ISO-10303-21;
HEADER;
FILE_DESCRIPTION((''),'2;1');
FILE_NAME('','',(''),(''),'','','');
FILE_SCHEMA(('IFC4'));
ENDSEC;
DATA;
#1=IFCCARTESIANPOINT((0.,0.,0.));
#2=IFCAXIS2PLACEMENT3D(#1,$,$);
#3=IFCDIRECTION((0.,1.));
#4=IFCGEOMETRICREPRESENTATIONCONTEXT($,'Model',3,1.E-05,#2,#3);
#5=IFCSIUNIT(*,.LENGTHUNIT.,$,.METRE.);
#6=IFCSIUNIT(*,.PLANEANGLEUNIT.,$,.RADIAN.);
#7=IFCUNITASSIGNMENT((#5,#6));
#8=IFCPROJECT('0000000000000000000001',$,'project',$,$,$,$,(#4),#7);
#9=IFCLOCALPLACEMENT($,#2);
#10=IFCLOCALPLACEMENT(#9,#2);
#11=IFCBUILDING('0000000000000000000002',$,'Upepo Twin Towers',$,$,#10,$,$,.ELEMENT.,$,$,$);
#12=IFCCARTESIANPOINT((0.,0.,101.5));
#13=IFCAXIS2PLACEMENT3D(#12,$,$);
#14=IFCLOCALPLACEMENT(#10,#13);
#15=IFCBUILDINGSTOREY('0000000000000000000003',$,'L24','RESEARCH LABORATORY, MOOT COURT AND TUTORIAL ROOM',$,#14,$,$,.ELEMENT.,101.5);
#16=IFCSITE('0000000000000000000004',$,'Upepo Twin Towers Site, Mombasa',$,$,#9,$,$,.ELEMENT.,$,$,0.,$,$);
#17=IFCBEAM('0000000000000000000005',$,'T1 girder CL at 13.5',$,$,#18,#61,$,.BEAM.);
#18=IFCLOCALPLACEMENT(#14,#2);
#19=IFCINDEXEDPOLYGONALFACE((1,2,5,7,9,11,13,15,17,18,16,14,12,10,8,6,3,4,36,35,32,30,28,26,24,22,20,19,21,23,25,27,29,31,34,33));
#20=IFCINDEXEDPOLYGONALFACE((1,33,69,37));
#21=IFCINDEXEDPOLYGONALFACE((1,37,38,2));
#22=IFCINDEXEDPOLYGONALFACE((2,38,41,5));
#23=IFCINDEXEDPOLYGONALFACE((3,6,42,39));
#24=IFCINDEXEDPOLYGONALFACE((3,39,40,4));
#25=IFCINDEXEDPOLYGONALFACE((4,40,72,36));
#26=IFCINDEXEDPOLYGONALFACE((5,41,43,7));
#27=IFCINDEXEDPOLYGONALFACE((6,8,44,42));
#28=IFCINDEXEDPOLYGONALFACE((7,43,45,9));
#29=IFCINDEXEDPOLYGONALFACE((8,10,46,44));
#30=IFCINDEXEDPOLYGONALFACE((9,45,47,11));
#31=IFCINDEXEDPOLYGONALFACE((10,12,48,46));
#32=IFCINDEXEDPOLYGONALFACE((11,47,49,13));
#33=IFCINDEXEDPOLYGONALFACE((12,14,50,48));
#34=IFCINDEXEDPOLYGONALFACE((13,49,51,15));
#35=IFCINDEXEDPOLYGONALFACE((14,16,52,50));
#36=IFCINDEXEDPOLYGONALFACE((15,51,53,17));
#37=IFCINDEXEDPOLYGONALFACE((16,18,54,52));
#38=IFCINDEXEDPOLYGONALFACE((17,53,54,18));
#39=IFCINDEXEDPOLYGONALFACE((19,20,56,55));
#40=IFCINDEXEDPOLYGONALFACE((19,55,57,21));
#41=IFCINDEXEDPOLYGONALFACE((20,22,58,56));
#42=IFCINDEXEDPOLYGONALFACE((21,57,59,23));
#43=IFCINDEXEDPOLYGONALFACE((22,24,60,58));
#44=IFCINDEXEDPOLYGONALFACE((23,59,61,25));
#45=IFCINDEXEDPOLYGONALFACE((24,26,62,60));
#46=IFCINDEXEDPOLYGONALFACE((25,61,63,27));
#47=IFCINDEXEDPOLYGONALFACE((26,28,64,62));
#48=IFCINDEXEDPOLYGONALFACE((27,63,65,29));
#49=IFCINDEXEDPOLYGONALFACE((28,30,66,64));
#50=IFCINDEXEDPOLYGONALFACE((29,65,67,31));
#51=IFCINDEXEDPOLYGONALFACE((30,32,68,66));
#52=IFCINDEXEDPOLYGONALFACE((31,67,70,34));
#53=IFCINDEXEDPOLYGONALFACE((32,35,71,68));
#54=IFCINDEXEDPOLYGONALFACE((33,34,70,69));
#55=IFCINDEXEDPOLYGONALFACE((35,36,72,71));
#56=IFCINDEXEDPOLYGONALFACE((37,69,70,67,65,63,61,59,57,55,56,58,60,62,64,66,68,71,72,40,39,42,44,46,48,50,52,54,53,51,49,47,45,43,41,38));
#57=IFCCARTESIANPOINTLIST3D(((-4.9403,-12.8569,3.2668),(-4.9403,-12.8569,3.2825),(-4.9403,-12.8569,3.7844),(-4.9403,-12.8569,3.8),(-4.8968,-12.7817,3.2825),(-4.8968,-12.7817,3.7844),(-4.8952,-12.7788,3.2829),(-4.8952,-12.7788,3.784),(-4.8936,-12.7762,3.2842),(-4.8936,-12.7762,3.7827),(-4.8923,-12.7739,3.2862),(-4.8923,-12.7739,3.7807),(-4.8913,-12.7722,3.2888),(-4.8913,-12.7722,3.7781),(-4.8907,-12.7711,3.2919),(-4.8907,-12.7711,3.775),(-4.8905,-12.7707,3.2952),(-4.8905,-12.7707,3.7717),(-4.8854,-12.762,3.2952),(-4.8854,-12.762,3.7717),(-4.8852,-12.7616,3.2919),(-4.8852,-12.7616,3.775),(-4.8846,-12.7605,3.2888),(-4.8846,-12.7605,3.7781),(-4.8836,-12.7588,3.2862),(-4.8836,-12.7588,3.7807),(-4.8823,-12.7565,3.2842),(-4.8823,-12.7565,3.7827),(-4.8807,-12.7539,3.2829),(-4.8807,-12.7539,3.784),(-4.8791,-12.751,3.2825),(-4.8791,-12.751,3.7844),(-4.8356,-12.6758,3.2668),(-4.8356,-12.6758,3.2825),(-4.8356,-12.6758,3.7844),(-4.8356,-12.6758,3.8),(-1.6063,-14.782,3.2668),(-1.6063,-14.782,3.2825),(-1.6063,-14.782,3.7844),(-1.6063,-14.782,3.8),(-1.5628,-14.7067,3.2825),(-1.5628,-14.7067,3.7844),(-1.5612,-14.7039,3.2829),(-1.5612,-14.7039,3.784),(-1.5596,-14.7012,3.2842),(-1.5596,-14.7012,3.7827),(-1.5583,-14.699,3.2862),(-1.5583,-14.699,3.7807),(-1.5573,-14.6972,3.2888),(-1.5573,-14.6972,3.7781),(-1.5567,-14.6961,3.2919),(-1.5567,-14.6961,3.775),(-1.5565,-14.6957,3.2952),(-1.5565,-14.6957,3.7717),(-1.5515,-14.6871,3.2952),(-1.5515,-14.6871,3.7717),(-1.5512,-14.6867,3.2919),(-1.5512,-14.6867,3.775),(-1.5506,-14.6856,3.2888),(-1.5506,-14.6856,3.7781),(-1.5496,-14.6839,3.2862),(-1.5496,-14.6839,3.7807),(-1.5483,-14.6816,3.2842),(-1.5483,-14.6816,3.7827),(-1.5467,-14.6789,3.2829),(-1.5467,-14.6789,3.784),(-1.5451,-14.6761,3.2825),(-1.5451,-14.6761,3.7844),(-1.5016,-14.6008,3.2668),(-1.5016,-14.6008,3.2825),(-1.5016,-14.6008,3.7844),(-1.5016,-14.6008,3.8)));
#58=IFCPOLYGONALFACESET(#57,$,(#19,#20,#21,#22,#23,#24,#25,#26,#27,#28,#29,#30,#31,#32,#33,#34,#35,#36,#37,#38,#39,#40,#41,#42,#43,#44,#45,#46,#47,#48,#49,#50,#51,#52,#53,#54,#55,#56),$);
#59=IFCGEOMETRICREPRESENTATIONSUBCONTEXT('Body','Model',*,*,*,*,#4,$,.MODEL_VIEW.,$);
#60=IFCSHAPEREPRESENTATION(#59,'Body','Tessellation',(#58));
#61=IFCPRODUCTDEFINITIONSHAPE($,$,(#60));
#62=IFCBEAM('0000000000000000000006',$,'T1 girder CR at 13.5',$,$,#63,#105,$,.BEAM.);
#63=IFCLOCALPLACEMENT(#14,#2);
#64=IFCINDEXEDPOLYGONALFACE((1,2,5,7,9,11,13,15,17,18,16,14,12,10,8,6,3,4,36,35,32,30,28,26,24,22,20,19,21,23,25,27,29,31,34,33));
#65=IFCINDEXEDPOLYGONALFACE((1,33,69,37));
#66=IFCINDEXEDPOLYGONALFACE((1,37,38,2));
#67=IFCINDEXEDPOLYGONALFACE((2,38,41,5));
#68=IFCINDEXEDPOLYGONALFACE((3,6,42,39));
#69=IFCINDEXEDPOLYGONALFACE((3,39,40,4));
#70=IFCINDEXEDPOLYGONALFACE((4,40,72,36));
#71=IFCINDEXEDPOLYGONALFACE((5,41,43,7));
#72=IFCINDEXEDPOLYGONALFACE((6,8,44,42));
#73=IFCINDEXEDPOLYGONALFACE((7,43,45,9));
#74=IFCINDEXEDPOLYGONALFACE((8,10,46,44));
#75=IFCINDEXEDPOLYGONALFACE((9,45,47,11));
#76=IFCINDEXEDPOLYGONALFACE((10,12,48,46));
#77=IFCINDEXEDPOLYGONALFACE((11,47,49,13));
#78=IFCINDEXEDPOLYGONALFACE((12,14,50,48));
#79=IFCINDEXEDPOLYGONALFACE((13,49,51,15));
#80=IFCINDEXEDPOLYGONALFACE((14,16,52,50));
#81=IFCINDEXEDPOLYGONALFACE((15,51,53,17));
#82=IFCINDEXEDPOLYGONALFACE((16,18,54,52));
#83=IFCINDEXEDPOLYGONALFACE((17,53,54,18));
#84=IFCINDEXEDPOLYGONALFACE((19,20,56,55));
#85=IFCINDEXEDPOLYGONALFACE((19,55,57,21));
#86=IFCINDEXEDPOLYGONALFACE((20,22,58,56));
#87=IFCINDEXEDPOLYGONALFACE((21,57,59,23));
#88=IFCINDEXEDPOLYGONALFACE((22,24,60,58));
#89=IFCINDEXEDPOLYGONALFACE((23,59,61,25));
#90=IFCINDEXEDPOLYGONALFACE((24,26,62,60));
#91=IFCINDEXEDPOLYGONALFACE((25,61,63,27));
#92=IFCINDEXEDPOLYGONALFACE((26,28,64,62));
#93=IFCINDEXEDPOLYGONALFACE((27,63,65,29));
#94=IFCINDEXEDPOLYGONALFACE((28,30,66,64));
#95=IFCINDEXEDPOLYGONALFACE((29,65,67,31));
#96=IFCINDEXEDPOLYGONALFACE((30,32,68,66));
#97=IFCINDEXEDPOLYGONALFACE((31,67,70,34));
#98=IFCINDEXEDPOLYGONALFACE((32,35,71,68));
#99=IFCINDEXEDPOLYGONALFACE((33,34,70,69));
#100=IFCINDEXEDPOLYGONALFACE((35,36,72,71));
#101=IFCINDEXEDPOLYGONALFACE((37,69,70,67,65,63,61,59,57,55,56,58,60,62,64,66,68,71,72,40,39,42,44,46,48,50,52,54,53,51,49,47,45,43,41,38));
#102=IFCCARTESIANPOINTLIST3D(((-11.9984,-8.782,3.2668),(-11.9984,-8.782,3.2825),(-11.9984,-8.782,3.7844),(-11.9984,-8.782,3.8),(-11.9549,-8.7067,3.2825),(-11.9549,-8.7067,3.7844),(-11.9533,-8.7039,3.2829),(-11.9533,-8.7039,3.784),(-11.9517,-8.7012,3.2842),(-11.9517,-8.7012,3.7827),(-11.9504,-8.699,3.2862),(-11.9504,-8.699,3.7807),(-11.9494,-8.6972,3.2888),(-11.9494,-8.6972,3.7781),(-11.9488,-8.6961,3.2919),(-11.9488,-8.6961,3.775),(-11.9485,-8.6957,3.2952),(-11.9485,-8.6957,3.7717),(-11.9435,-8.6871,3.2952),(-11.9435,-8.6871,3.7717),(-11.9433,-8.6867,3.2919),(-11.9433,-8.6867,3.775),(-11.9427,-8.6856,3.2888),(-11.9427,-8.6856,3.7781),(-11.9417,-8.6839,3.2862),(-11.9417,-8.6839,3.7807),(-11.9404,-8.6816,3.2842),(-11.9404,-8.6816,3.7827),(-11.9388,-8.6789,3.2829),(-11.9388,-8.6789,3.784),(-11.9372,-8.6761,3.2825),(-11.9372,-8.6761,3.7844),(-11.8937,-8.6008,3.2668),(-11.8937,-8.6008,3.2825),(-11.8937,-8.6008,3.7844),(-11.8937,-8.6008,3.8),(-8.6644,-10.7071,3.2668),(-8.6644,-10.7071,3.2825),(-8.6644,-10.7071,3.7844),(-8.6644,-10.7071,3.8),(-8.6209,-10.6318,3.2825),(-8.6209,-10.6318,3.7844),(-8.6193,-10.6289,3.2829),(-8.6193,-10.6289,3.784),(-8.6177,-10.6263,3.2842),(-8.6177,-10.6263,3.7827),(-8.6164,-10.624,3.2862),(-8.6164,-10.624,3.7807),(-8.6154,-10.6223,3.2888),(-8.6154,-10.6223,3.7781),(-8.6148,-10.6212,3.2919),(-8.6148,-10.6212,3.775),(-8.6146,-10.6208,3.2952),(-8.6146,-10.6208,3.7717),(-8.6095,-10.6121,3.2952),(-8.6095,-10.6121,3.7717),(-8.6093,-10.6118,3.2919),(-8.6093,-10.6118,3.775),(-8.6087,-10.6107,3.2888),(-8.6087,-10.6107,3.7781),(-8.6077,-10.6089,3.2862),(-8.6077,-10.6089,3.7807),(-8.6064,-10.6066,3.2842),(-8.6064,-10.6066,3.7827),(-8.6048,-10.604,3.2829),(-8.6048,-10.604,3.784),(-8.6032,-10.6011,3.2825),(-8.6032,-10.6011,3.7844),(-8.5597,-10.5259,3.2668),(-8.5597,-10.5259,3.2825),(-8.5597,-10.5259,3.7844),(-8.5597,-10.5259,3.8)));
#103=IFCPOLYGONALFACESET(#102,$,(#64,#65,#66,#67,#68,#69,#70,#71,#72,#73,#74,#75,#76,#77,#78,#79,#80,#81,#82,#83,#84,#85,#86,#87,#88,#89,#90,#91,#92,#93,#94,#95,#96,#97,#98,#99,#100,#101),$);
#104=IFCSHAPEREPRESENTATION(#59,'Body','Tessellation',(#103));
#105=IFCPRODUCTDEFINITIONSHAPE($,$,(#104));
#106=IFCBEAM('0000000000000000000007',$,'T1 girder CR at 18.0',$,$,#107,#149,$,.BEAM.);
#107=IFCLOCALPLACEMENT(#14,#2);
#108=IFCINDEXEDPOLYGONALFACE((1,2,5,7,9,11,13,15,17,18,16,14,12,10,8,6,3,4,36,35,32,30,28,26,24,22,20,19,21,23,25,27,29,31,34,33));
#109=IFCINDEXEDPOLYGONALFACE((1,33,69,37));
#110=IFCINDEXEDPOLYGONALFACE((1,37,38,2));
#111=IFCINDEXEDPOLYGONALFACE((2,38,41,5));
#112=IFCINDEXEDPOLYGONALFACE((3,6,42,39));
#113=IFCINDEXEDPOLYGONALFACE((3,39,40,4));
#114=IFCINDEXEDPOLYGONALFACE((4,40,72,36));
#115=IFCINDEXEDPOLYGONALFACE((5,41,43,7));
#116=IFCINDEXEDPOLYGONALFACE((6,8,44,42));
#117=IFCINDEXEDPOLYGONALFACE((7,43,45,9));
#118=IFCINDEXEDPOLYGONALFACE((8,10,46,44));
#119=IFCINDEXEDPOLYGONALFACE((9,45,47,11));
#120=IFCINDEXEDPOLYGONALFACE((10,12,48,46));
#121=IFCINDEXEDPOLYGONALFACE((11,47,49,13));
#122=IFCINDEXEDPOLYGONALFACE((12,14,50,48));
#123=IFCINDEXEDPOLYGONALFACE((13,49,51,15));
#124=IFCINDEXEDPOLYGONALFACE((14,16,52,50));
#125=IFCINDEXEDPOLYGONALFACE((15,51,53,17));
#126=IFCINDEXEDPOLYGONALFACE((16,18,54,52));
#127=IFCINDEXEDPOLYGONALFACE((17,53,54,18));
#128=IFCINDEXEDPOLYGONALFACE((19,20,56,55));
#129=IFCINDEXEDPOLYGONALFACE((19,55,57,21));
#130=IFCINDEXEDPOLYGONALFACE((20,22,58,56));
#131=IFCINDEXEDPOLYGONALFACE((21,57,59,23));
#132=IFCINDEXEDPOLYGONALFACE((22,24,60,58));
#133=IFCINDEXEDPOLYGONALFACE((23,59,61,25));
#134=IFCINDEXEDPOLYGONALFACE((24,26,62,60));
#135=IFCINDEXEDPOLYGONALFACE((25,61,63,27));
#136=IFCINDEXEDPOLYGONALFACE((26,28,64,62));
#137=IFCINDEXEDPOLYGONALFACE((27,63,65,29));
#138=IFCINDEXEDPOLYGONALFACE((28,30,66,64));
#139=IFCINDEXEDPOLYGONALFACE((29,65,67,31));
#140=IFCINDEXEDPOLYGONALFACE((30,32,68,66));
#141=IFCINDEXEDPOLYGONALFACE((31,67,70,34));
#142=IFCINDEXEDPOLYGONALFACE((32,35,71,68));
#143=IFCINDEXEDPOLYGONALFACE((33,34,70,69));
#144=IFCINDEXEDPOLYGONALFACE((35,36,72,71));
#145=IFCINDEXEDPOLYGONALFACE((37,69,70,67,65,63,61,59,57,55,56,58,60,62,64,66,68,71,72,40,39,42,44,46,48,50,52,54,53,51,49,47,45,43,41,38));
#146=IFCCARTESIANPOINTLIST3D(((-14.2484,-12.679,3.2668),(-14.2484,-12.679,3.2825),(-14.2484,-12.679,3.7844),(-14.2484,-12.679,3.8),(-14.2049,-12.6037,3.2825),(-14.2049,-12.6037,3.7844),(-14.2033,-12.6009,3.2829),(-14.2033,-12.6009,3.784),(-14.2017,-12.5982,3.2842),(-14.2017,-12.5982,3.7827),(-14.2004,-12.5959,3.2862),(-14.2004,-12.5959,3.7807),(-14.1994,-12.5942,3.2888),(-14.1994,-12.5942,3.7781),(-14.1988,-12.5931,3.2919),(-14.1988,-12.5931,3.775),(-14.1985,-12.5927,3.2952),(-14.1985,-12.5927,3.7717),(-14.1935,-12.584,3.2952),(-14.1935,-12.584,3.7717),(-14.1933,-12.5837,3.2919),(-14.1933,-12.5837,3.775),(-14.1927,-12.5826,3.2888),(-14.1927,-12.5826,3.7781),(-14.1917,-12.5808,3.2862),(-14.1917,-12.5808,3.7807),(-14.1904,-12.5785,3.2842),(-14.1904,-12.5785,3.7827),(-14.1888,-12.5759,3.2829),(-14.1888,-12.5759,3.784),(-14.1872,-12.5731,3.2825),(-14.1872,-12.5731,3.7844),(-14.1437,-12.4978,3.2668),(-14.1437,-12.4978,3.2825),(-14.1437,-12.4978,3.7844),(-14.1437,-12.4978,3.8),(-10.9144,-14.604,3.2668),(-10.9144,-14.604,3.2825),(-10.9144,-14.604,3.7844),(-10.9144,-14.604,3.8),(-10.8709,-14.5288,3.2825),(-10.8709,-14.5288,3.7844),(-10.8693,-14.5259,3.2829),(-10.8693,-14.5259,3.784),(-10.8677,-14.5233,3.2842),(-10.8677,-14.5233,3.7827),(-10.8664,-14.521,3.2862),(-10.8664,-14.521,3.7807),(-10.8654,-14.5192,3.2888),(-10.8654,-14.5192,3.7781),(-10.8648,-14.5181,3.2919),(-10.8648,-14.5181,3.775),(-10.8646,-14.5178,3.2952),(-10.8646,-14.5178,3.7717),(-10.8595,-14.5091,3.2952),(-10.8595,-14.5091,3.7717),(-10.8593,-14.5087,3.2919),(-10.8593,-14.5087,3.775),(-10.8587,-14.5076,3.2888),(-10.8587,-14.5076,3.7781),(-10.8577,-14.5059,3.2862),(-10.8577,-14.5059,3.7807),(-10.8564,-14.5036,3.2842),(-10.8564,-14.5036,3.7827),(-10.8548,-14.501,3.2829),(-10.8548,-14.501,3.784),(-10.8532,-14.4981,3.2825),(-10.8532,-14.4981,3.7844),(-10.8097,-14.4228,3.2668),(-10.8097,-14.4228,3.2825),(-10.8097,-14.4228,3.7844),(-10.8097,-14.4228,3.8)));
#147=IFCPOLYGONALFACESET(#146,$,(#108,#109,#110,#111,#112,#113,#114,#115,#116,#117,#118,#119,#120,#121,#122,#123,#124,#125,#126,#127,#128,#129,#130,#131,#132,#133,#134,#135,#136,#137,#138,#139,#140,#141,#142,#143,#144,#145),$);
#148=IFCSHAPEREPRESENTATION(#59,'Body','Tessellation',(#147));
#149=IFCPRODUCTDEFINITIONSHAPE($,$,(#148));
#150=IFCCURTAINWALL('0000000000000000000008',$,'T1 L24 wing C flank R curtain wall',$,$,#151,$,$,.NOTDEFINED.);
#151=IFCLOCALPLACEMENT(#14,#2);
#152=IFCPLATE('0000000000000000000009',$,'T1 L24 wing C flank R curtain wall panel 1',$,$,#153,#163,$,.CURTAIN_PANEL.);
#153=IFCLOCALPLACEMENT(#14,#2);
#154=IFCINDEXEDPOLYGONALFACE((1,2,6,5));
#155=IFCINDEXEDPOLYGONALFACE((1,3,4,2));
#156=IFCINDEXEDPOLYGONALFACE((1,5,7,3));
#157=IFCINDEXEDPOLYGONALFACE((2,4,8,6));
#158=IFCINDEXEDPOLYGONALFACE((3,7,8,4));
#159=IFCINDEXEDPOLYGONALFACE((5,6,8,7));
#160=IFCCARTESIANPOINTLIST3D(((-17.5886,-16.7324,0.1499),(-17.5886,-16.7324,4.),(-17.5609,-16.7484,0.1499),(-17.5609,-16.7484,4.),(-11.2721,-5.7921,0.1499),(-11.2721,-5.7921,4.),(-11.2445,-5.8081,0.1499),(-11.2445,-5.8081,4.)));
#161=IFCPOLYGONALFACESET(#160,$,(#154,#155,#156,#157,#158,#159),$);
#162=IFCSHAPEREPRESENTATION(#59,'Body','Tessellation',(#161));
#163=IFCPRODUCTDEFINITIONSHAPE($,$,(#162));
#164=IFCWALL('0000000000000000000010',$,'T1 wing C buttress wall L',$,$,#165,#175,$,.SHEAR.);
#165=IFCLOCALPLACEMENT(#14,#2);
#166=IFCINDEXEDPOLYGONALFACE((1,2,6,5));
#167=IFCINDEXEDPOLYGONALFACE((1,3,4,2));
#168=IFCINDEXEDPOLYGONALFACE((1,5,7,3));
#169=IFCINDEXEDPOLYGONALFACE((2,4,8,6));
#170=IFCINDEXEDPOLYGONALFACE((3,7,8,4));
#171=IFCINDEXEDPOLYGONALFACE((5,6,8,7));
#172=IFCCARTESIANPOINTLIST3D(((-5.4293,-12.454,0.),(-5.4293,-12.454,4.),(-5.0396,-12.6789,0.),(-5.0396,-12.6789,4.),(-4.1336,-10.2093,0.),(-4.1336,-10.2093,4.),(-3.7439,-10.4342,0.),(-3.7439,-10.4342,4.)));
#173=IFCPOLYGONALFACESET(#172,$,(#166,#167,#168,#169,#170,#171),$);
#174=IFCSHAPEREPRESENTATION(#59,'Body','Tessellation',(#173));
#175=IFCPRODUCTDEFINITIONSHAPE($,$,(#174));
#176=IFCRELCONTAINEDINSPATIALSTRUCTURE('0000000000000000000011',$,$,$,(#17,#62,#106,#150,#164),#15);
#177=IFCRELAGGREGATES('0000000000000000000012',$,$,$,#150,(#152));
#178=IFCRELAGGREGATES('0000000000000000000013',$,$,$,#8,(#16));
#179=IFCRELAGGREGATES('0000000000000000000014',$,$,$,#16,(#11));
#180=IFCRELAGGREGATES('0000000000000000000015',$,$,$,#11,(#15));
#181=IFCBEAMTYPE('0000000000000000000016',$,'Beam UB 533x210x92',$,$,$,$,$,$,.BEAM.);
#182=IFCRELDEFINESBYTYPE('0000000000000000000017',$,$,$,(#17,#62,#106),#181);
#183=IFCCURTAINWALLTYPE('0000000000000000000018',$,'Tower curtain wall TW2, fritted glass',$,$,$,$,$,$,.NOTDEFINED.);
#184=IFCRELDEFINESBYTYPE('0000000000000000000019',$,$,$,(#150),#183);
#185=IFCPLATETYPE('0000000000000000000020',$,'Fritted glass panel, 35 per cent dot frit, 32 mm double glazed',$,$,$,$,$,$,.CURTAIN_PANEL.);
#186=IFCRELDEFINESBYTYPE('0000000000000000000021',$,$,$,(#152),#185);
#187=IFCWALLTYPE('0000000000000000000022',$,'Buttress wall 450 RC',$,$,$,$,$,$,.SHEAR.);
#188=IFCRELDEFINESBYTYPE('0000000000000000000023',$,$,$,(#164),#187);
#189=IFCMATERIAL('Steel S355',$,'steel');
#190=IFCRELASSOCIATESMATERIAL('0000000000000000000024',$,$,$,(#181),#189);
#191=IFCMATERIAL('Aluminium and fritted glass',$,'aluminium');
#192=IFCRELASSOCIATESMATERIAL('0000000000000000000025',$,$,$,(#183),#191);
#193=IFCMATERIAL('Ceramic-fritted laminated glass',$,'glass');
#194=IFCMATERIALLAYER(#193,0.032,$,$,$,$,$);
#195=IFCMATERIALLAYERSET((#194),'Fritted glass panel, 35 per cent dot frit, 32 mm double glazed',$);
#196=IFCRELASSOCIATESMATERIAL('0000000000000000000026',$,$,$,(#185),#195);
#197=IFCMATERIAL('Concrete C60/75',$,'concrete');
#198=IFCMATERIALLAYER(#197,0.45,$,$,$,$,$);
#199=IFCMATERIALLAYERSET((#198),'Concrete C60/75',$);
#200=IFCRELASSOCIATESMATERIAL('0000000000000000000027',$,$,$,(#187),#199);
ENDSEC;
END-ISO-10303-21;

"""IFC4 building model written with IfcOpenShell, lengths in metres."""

from ifc_helpers import new_model, si_unit, direction, frame, frame_2d, origin, origin_2d, place, context, subcontext, project, spatial, rectangle, i_section, extrude, material, layer, layer_set, material_profile, profile_set, type_object, element, aggregate, save


model = new_model("IFC4")

# Units and contexts
model_context = context("Model", 3, precision=1e-05, world=origin(), true_north=direction((0.0, 1.0)))
body_context = subcontext(model_context, "Body", "Model", "MODEL_VIEW")
ifc_project = project(units=[si_unit("LENGTHUNIT", "METRE"), si_unit("PLANEANGLEUNIT", "RADIAN")], contexts=[model_context])

# Site, building, storey
site_placement = place(None, origin())
site = spatial("IfcSite", under=ifc_project, at=site_placement, Name="Upepo Twin Towers Site, Mombasa", CompositionType="ELEMENT", RefElevation=0.0)
building_placement = place(site_placement, origin())
building = spatial("IfcBuilding", under=site, at=building_placement, Name="Upepo Twin Towers", CompositionType="ELEMENT")
storey_placement = place(building_placement, frame((0.0, 0.0, 101.5)))
storey = spatial("IfcBuildingStorey", under=building, at=storey_placement, Name="L24", Description="RESEARCH LABORATORY, MOOT COURT AND TUTORIAL ROOM", CompositionType="ELEMENT", Elevation=101.5)

# Beams
ifc_material_1 = material(Name="Steel S355", Category="steel")
ifc_material_profile_1 = material_profile(ifc_material_1, i_section(OverallWidth=0.2092, OverallDepth=0.5332, WebThickness=0.01, FlangeThickness=0.0156, FilletRadius=0.0127, at=origin_2d()), Name="UB 533x210x92")
ifc_profile_set_1 = profile_set([ifc_material_profile_1], Name="Steel S355")
beam_type_1 = type_object("IfcBeamType", Name="Beam UB 533x210x92", PredefinedType="BEAM", material=ifc_profile_set_1)
for number, where, z_axis, x_axis, name in (
    (1, (-1.554, -14.6914, 3.5334), (-0.866006, 0.500034, 0.0), (-0.500034, -0.866006, 0.0), "T1 girder CL at 13.5"),
    (2, (-11.946, -8.6914, 3.5334), (0.866006, -0.500034, 0.0), (0.500034, 0.866006, 0.0), "T1 girder CR at 13.5"),
    (3, (-14.196, -12.5884, 3.5334), (0.866006, -0.500034, 0.0), (0.500034, 0.866006, 0.0), "T1 girder CR at 18.0"),
):
    element("IfcBeam", number, at=place(storey_placement, frame(where, z_axis=z_axis, x_axis=x_axis)), inside=storey, type_object=beam_type_1, Name=name, PredefinedType="BEAM", context=body_context, shape_type="SweptSolid", body=[
        extrude(i_section(OverallWidth=0.2092, OverallDepth=0.5332, WebThickness=0.01, FlangeThickness=0.0156, FilletRadius=0.0127, at=origin_2d()), origin(), (0.0, 0.0, 1.0), 3.8499),
    ])

# Curtain wall, plate
ifc_material_2 = material(Name="Aluminium and fritted glass", Category="aluminium")
curtain_wall_type = type_object("IfcCurtainWallType", Name="Tower curtain wall TW2, fritted glass", PredefinedType="NOTDEFINED", material=ifc_material_2)
curtain_wall_placement = place(storey_placement, origin())
curtain_wall = element("IfcCurtainWall", 4, at=curtain_wall_placement, inside=storey, type_object=curtain_wall_type, Name="T1 L24 wing C flank R curtain wall", PredefinedType="NOTDEFINED")
ifc_material_3 = material(Name="Ceramic-fritted laminated glass", Category="glass")
ifc_layer_1 = layer(ifc_material_3, 0.032)
ifc_layer_set_1 = layer_set([ifc_layer_1], Name="Fritted glass panel, 35 per cent dot frit, 32 mm double glazed")
plate_type = type_object("IfcPlateType", Name="Fritted glass panel, 35 per cent dot frit, 32 mm double glazed", PredefinedType="CURTAIN_PANEL", material=ifc_layer_set_1)
plate_placement = place(storey_placement, frame((-14.4165, -11.2703, 0.1499), z_axis=(0.0, 0.0, 1.0), x_axis=(0.5, 0.866025, 0.0)))
plate = element("IfcPlate", 5, at=plate_placement, type_object=plate_type, Name="T1 L24 wing C flank R curtain wall panel 1", PredefinedType="CURTAIN_PANEL", context=body_context, shape_type="SweptSolid", body=[
    extrude(rectangle(XDim=12.6328, YDim=0.032, at=origin_2d()), origin(), (0.0, 0.0, 1.0), 3.8501),
])
aggregate(curtain_wall, [plate])

# Wall
ifc_material_4 = material(Name="Concrete C60/75", Category="concrete")
ifc_layer_2 = layer(ifc_material_4, 0.45)
ifc_layer_set_2 = layer_set([ifc_layer_2], Name="Concrete C60/75")
wall_type_1 = type_object("IfcWallType", Name="Buttress wall 450 RC", PredefinedType="SHEAR", material=ifc_layer_set_2)
wall_1_placement = place(storey_placement, frame((-3.9387, -10.3218, 0.0), z_axis=(0.0, 0.0, 1.0), x_axis=(-0.499918, -0.866073, 0.0)))
element("IfcWall", 6, at=wall_1_placement, inside=storey, type_object=wall_type_1, Name="T1 wing C buttress wall L", PredefinedType="SHEAR", context=body_context, shape_type="SweptSolid", body=[
    extrude(rectangle(XDim=2.5918, YDim=0.45, at=frame_2d((1.2959, 0.0))), origin(), (0.0, 0.0, 1.0), 4.0),
])

save(model, "model.ifc")
